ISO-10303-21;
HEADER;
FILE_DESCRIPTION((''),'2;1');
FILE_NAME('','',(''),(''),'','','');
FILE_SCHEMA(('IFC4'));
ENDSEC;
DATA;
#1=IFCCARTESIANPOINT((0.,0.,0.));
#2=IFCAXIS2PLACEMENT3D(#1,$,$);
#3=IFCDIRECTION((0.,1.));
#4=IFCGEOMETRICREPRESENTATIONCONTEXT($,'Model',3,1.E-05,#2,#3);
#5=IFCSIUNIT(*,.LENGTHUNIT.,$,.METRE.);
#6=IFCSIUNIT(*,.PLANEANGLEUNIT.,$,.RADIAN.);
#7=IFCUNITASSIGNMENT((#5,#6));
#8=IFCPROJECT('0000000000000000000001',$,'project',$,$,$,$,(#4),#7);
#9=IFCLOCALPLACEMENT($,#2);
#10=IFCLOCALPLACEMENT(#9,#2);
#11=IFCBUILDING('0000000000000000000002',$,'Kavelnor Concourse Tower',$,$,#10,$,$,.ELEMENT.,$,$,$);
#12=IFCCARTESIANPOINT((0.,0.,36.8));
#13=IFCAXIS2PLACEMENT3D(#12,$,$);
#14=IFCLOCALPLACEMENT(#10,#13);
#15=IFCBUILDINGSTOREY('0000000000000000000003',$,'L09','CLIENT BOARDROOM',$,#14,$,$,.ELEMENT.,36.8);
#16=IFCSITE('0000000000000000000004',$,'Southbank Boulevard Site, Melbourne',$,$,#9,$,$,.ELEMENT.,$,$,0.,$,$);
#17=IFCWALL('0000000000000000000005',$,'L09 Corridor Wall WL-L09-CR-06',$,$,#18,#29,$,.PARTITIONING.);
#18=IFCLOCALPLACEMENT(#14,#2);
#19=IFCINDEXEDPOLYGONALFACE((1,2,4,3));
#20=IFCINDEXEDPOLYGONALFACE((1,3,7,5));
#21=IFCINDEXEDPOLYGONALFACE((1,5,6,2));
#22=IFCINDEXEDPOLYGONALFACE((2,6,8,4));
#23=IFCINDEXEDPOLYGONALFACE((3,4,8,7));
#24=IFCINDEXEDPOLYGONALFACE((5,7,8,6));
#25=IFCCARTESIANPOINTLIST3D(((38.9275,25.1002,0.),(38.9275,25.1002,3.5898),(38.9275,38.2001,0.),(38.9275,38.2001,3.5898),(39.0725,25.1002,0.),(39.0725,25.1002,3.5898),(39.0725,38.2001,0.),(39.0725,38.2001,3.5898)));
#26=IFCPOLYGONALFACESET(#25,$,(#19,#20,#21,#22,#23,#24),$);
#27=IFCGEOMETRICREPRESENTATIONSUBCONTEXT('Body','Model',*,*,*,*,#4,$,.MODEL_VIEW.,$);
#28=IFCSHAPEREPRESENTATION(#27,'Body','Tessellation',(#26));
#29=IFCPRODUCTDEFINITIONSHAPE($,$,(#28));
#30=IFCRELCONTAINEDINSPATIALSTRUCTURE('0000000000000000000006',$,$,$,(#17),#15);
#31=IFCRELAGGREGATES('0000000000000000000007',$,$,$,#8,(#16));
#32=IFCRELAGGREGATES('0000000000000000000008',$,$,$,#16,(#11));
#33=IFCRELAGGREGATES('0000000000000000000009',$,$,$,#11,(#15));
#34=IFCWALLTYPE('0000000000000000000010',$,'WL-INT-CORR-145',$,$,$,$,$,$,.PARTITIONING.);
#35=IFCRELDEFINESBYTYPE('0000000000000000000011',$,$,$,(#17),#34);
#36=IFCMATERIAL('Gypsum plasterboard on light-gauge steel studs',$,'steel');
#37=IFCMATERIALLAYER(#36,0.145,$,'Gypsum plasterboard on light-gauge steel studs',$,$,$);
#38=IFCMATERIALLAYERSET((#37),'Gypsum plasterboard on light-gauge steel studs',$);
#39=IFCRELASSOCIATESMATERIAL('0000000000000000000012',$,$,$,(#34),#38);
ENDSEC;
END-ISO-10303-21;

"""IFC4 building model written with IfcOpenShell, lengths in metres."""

from ifc_helpers import new_model, si_unit, direction, frame, frame_2d, origin, place, context, subcontext, project, spatial, rectangle, extrude, material, layer, layer_set, type_object, element, save


model = new_model("IFC4")

# Units and contexts
model_context = context("Model", 3, precision=1e-05, world=origin(), true_north=direction((0.0, 1.0)))
body_context = subcontext(model_context, "Body", "Model", "MODEL_VIEW")
ifc_project = project(units=[si_unit("LENGTHUNIT", "METRE"), si_unit("PLANEANGLEUNIT", "RADIAN")], contexts=[model_context])

# Site, building, storey
site_placement = place(None, origin())
site = spatial("IfcSite", under=ifc_project, at=site_placement, Name="Southbank Boulevard Site, Melbourne", CompositionType="ELEMENT", RefElevation=0.0)
building_placement = place(site_placement, origin())
building = spatial("IfcBuilding", under=site, at=building_placement, Name="Kavelnor Concourse Tower", CompositionType="ELEMENT")
storey_placement = place(building_placement, frame((0.0, 0.0, 36.8)))
storey = spatial("IfcBuildingStorey", under=building, at=storey_placement, Name="L09", Description="CLIENT BOARDROOM", CompositionType="ELEMENT", Elevation=36.8)

# Wall
ifc_material_1 = material(Name="Gypsum plasterboard on light-gauge steel studs", Category="steel")
ifc_layer_1 = layer(ifc_material_1, 0.145, Name="Gypsum plasterboard on light-gauge steel studs")
ifc_layer_set_1 = layer_set([ifc_layer_1], Name="Gypsum plasterboard on light-gauge steel studs")
wall_type_1 = type_object("IfcWallType", Name="WL-INT-CORR-145", PredefinedType="PARTITIONING", material=ifc_layer_set_1)
wall_1_placement = place(storey_placement, frame((39.0, 38.2, 0.0), z_axis=(0.0, 0.0, 1.0), x_axis=(0.0, -1.0, 0.0)))
element("IfcWall", 1, at=wall_1_placement, inside=storey, type_object=wall_type_1, Name="L09 Corridor Wall WL-L09-CR-06", PredefinedType="PARTITIONING", context=body_context, shape_type="SweptSolid", body=[
    extrude(rectangle(XDim=13.0999, YDim=0.145, at=frame_2d((6.5498, 0.0))), origin(), (0.0, 0.0, 1.0), 3.5898),
])

save(model, "model.ifc")
